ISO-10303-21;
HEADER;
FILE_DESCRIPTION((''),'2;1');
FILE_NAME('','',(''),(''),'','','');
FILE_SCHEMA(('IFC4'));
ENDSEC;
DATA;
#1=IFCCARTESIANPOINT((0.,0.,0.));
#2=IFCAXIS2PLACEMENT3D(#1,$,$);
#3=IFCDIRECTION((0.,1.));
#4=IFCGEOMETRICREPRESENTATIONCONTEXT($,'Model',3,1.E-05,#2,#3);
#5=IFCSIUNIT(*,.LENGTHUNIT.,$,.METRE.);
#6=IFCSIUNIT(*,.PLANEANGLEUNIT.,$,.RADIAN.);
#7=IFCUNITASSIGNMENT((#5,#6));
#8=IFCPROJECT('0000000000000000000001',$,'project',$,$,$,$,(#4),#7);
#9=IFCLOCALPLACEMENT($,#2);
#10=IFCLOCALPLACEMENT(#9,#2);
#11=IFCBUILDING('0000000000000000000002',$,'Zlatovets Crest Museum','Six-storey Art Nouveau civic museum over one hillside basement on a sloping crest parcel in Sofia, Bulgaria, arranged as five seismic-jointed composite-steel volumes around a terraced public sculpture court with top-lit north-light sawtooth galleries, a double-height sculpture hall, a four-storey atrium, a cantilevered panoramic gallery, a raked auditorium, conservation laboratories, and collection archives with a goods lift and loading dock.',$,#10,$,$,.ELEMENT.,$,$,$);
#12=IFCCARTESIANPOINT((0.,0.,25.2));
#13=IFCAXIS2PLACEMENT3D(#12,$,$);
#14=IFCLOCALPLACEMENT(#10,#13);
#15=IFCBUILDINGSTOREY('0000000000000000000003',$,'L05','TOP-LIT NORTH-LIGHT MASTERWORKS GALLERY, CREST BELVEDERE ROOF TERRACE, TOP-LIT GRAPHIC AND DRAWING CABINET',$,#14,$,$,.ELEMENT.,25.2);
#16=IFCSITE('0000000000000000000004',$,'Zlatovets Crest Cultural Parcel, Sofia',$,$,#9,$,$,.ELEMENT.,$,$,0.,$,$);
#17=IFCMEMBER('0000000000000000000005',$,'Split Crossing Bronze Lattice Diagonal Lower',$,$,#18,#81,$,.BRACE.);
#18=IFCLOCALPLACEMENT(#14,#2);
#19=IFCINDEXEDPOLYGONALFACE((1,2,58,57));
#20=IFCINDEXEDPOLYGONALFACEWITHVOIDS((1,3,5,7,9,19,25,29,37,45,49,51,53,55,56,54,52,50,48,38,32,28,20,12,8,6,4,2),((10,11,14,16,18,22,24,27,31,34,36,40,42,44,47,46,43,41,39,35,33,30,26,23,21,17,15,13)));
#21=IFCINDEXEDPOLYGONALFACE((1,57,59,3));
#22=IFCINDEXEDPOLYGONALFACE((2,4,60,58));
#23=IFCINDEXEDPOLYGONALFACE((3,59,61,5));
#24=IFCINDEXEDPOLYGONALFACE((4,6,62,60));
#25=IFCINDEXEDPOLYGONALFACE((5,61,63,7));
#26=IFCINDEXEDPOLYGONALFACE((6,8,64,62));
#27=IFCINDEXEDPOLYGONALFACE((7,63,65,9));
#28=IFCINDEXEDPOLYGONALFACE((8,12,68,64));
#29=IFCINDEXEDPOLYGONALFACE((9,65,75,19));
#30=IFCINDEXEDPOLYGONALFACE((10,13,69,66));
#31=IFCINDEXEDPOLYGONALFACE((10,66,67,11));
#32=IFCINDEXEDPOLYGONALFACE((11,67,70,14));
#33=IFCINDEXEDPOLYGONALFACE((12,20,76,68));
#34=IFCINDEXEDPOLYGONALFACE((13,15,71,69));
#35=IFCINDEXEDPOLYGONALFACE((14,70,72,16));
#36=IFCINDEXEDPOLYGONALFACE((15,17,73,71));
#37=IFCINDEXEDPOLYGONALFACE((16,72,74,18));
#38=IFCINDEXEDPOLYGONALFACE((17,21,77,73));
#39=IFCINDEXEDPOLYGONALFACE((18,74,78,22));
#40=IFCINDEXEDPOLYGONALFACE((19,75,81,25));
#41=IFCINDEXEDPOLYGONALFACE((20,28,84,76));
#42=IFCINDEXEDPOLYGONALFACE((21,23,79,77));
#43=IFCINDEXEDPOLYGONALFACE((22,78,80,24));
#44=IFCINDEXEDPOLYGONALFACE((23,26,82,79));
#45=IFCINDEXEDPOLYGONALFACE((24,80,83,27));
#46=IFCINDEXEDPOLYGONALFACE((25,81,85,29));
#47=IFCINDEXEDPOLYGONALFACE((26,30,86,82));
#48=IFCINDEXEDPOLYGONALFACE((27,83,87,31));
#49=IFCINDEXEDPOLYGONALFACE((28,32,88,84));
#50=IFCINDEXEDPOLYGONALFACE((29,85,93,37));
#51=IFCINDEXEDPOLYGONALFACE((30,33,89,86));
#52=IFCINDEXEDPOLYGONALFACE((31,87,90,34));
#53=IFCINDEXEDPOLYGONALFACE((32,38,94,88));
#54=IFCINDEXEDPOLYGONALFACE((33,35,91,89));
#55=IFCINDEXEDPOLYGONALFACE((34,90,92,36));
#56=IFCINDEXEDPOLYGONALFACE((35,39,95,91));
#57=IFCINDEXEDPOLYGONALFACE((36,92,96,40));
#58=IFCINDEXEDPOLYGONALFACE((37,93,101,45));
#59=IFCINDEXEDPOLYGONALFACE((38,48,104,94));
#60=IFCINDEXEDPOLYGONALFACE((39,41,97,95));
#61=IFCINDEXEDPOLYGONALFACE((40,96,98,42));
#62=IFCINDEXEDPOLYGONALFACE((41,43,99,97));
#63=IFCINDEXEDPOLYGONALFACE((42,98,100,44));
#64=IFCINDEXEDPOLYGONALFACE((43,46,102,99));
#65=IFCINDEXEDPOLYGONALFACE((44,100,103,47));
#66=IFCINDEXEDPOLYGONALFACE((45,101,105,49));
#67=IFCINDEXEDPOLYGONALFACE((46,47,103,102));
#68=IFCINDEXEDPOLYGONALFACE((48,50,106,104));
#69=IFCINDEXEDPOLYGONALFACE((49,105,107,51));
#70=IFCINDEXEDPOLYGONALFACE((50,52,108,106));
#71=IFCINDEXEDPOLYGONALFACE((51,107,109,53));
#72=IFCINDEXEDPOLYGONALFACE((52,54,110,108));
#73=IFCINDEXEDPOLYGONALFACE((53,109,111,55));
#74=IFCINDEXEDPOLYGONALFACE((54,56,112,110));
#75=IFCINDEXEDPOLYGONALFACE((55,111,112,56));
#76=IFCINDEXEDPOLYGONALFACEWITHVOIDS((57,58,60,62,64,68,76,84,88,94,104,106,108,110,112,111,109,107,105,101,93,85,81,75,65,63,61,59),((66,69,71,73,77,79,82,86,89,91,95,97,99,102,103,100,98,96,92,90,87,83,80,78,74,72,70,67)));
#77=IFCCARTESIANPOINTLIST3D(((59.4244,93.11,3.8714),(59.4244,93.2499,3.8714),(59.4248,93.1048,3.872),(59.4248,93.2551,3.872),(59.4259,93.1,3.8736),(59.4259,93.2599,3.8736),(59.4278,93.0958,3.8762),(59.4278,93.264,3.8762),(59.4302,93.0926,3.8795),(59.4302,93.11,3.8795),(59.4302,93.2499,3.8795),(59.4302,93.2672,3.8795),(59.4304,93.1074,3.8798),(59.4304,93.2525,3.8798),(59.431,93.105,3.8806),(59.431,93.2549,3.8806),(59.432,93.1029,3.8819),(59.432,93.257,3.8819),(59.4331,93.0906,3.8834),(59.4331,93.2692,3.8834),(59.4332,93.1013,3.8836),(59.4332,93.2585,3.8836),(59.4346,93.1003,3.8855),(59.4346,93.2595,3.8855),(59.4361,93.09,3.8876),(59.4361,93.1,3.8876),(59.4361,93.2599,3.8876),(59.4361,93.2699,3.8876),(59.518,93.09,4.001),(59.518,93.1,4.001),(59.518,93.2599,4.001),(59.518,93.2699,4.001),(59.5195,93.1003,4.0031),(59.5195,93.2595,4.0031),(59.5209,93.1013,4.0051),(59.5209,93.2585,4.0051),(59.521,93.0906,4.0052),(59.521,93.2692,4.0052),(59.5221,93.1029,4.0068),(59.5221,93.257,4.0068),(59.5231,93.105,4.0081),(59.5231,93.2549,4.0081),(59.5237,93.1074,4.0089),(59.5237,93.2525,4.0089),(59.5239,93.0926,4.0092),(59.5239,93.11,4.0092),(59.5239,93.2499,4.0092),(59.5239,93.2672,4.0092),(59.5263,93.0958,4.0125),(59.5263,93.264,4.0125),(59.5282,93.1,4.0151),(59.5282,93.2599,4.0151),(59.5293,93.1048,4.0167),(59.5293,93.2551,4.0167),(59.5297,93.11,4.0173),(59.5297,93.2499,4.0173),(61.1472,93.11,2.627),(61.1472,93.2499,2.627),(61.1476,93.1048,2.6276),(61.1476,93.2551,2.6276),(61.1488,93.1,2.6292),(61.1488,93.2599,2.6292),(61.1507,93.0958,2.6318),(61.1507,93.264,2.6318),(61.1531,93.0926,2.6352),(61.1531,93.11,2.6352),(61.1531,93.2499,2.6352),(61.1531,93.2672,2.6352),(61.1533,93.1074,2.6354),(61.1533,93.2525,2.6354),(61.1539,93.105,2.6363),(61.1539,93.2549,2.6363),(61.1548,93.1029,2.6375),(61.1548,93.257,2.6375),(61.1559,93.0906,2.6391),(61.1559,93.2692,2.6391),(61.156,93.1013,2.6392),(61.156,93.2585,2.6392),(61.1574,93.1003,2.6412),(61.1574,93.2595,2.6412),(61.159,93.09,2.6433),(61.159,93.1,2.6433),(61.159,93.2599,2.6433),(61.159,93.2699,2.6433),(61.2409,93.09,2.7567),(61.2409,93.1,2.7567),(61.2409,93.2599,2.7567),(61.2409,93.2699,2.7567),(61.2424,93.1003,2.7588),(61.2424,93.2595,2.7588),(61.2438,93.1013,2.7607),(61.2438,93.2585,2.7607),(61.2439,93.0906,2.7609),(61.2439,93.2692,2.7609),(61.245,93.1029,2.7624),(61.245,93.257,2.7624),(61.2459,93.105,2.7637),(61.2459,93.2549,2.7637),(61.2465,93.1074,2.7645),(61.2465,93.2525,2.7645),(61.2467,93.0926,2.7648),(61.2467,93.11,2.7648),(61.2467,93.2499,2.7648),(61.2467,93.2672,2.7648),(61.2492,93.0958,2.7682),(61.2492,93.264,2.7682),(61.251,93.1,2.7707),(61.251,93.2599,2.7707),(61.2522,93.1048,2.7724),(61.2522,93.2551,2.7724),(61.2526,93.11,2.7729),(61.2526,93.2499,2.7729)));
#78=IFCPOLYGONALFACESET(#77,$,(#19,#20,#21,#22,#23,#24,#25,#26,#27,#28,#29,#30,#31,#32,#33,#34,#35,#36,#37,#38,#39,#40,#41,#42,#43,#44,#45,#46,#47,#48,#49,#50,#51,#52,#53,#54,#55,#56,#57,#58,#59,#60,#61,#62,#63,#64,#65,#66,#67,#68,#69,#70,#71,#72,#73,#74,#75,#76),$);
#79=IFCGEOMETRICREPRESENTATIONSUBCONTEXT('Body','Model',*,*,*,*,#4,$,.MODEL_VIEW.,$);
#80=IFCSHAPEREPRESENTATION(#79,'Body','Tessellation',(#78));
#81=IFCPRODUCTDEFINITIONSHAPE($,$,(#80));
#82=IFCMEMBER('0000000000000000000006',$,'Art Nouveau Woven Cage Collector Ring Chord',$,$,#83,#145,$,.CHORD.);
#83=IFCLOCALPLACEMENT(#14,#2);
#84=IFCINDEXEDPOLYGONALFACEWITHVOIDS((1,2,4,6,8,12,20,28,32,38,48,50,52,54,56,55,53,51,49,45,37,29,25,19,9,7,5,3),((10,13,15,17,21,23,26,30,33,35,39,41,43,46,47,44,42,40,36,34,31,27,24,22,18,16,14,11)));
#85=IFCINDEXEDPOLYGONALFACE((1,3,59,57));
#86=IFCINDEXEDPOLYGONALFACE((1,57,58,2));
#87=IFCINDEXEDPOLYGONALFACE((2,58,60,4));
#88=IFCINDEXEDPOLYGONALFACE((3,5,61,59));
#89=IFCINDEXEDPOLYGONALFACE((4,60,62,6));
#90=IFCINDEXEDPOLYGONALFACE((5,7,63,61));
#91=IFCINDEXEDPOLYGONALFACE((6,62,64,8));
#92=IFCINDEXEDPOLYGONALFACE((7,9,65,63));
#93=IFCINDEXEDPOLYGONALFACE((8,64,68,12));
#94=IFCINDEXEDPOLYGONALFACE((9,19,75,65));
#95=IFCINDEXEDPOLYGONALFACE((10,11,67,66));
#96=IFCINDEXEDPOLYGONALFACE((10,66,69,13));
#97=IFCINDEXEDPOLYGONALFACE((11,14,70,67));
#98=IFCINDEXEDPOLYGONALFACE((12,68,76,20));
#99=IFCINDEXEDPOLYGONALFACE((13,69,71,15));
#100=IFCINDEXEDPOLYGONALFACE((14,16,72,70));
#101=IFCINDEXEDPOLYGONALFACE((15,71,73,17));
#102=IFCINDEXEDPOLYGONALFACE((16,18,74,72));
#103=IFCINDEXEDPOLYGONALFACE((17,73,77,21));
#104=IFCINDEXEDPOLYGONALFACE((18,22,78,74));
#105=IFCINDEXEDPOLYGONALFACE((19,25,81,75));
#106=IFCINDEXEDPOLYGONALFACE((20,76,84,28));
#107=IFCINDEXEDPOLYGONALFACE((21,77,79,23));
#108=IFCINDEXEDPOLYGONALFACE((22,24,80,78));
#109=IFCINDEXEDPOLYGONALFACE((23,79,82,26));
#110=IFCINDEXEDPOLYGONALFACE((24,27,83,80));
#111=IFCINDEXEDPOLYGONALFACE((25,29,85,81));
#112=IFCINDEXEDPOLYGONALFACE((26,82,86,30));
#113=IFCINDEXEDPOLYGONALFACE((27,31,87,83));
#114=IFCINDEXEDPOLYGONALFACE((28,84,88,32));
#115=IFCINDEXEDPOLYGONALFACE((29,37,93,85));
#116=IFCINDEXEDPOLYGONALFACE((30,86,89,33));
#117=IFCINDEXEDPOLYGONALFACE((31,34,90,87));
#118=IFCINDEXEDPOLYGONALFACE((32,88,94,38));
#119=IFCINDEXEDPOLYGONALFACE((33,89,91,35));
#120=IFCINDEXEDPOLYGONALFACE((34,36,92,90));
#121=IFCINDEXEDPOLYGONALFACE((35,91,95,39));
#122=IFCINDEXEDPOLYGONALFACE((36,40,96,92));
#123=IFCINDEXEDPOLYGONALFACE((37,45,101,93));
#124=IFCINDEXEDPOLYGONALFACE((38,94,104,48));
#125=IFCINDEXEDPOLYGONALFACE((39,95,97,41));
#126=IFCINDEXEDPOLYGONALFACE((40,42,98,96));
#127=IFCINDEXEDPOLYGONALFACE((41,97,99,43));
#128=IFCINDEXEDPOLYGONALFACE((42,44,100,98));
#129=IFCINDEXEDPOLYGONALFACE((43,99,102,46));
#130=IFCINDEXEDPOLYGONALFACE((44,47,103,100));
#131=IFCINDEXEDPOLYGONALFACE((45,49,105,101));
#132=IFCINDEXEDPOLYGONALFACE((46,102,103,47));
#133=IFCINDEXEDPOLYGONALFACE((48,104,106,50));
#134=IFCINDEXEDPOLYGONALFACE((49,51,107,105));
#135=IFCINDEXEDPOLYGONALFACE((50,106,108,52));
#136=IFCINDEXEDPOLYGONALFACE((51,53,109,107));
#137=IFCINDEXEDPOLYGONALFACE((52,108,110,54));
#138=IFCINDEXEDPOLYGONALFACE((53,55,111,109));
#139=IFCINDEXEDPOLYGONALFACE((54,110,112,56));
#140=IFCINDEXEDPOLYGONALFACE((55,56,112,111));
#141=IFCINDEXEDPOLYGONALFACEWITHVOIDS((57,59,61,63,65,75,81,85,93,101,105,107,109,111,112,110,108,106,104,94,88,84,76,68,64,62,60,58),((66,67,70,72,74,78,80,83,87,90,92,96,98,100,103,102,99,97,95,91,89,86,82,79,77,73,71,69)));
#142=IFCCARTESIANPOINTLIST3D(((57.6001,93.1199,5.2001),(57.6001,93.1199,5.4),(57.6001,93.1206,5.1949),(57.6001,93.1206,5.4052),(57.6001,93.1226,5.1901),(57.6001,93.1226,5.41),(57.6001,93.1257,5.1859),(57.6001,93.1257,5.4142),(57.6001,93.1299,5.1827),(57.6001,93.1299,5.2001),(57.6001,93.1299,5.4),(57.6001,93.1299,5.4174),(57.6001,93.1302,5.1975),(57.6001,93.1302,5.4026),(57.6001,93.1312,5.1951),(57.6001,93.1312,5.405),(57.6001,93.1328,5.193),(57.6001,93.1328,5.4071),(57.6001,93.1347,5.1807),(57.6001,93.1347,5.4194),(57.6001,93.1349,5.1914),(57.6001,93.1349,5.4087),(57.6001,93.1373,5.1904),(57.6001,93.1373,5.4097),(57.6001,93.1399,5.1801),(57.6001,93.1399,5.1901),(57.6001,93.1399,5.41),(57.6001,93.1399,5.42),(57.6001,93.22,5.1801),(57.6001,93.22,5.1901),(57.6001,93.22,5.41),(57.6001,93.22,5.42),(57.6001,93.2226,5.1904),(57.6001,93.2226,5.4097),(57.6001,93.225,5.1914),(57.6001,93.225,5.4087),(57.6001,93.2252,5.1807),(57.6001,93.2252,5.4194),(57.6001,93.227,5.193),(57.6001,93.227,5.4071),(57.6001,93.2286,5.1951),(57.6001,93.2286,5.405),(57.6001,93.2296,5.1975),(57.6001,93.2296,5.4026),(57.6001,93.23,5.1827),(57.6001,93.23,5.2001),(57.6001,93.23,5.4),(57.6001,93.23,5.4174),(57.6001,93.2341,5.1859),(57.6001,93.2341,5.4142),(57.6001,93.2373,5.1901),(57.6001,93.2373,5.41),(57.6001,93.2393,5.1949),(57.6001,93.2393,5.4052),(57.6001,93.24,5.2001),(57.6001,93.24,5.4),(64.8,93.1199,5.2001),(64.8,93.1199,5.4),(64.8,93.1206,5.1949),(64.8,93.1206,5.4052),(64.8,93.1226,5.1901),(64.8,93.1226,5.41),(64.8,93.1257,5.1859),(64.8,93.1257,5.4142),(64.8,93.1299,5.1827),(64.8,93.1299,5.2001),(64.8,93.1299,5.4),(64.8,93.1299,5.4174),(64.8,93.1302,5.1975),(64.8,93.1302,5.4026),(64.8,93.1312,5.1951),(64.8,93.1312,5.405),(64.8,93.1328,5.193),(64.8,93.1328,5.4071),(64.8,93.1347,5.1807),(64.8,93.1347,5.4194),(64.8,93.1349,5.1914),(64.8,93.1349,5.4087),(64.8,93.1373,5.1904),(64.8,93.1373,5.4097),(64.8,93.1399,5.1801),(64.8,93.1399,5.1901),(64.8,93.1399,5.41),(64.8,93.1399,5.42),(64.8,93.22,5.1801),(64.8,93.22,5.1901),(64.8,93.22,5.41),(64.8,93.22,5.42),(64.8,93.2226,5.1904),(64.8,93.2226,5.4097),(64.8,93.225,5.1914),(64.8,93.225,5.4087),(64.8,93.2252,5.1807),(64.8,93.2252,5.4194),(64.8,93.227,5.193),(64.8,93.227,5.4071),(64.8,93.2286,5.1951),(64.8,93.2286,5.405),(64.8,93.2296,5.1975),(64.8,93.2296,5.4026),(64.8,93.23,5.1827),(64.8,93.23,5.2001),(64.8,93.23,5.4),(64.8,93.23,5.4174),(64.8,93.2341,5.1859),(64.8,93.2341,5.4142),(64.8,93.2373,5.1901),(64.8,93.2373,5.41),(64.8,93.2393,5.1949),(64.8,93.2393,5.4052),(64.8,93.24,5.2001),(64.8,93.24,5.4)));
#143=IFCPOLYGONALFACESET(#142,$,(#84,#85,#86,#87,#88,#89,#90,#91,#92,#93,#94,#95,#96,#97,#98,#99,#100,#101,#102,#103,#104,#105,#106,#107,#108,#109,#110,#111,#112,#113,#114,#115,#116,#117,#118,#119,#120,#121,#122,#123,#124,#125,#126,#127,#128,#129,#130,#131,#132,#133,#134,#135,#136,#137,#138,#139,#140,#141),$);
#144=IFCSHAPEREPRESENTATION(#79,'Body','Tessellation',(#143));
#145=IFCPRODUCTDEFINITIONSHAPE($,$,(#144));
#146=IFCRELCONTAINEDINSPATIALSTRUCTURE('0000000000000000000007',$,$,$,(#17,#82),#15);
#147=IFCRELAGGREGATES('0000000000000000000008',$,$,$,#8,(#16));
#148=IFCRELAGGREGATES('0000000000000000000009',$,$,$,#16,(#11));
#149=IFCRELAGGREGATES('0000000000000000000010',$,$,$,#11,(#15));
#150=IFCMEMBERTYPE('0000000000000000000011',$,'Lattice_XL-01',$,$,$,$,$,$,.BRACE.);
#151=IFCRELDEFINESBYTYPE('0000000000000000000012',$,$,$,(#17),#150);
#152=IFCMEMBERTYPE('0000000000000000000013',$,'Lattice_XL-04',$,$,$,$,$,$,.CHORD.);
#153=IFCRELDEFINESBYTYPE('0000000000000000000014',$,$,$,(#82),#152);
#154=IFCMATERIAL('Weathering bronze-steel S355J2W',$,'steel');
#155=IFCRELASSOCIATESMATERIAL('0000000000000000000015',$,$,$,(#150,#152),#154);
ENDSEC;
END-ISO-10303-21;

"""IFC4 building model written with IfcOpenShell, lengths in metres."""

from ifc_helpers import new_model, si_unit, direction, frame, origin, origin_2d, place, context, subcontext, project, spatial, hollow_rectangle, extrude, material, material_profile, profile_set, type_object, element, save


model = new_model("IFC4")

# Units and contexts
model_context = context("Model", 3, precision=1e-05, world=origin(), true_north=direction((0.0, 1.0)))
body_context = subcontext(model_context, "Body", "Model", "MODEL_VIEW")
ifc_project = project(units=[si_unit("LENGTHUNIT", "METRE"), si_unit("PLANEANGLEUNIT", "RADIAN")], contexts=[model_context])

# Site, building, storey
site_placement = place(None, origin())
site = spatial("IfcSite", under=ifc_project, at=site_placement, Name="Zlatovets Crest Cultural Parcel, Sofia", CompositionType="ELEMENT", RefElevation=0.0)
building_placement = place(site_placement, origin())
building = spatial("IfcBuilding", under=site, at=building_placement, Name="Zlatovets Crest Museum", Description="Six-storey Art Nouveau civic museum over one hillside basement on a sloping crest parcel in Sofia, Bulgaria, arranged as five seismic-jointed composite-steel volumes around a terraced public sculpture court with top-lit north-light sawtooth galleries, a double-height sculpture hall, a four-storey atrium, a cantilevered panoramic gallery, a raked auditorium, conservation laboratories, and collection archives with a goods lift and loading dock.", CompositionType="ELEMENT")
storey_placement = place(building_placement, frame((0.0, 0.0, 25.2)))
storey = spatial("IfcBuildingStorey", under=building, at=storey_placement, Name="L05", Description="TOP-LIT NORTH-LIGHT MASTERWORKS GALLERY, CREST BELVEDERE ROOF TERRACE, TOP-LIT GRAPHIC AND DRAWING CABINET", CompositionType="ELEMENT", Elevation=25.2)

# Members
ifc_material_1 = material(Name="Weathering bronze-steel S355J2W", Category="steel")
ifc_material_profile_1 = material_profile(ifc_material_1, hollow_rectangle(XDim=0.1799, YDim=0.1799, WallThickness=0.01, InnerFilletRadius=0.01, OuterFilletRadius=0.02, at=origin_2d()), Name="SHS 180x180x10.0")
ifc_profile_set_1 = profile_set([ifc_material_profile_1], Name="Weathering bronze-steel S355J2W")
member_type_1 = type_object("IfcMemberType", Name="Lattice_XL-01", PredefinedType="BRACE", material=ifc_profile_set_1)
for number, where, z_axis, x_axis, name in (
    (1, (59.4771, 93.1799, 3.9443), (0.810664, 0.0, -0.585512), (0.0, 1.0, 0.0), "Split Crossing Bronze Lattice Diagonal Lower"),
):
    element("IfcMember", number, at=place(storey_placement, frame(where, z_axis=z_axis, x_axis=x_axis)), inside=storey, type_object=member_type_1, Name=name, PredefinedType="BRACE", context=body_context, shape_type="SweptSolid", body=[
        extrude(hollow_rectangle(XDim=0.1799, YDim=0.1799, WallThickness=0.01, InnerFilletRadius=0.01, OuterFilletRadius=0.02, at=origin_2d()), origin(), (0.0, 0.0, 1.0), 2.1252),
    ])
ifc_material_profile_2 = material_profile(ifc_material_1, hollow_rectangle(XDim=0.1201, YDim=0.24, WallThickness=0.01, InnerFilletRadius=0.01, OuterFilletRadius=0.02, at=origin_2d()), Name="RHS 120x240x10.0")
ifc_profile_set_2 = profile_set([ifc_material_profile_2], Name="Weathering bronze-steel S355J2W")
member_type_2 = type_object("IfcMemberType", Name="Lattice_XL-04", PredefinedType="CHORD", material=ifc_profile_set_2)
member_1_placement = place(storey_placement, frame((57.6001, 93.1799, 5.3), z_axis=(1.0, 0.0, 0.0), x_axis=(0.0, 1.0, 0.0)))
element("IfcMember", 2, at=member_1_placement, inside=storey, type_object=member_type_2, Name="Art Nouveau Woven Cage Collector Ring Chord", PredefinedType="CHORD", context=body_context, shape_type="SweptSolid", body=[
    extrude(hollow_rectangle(XDim=0.1201, YDim=0.24, WallThickness=0.01, InnerFilletRadius=0.01, OuterFilletRadius=0.02, at=origin_2d()), origin(), (0.0, 0.0, 1.0), 7.2),
])

save(model, "model.ifc")
